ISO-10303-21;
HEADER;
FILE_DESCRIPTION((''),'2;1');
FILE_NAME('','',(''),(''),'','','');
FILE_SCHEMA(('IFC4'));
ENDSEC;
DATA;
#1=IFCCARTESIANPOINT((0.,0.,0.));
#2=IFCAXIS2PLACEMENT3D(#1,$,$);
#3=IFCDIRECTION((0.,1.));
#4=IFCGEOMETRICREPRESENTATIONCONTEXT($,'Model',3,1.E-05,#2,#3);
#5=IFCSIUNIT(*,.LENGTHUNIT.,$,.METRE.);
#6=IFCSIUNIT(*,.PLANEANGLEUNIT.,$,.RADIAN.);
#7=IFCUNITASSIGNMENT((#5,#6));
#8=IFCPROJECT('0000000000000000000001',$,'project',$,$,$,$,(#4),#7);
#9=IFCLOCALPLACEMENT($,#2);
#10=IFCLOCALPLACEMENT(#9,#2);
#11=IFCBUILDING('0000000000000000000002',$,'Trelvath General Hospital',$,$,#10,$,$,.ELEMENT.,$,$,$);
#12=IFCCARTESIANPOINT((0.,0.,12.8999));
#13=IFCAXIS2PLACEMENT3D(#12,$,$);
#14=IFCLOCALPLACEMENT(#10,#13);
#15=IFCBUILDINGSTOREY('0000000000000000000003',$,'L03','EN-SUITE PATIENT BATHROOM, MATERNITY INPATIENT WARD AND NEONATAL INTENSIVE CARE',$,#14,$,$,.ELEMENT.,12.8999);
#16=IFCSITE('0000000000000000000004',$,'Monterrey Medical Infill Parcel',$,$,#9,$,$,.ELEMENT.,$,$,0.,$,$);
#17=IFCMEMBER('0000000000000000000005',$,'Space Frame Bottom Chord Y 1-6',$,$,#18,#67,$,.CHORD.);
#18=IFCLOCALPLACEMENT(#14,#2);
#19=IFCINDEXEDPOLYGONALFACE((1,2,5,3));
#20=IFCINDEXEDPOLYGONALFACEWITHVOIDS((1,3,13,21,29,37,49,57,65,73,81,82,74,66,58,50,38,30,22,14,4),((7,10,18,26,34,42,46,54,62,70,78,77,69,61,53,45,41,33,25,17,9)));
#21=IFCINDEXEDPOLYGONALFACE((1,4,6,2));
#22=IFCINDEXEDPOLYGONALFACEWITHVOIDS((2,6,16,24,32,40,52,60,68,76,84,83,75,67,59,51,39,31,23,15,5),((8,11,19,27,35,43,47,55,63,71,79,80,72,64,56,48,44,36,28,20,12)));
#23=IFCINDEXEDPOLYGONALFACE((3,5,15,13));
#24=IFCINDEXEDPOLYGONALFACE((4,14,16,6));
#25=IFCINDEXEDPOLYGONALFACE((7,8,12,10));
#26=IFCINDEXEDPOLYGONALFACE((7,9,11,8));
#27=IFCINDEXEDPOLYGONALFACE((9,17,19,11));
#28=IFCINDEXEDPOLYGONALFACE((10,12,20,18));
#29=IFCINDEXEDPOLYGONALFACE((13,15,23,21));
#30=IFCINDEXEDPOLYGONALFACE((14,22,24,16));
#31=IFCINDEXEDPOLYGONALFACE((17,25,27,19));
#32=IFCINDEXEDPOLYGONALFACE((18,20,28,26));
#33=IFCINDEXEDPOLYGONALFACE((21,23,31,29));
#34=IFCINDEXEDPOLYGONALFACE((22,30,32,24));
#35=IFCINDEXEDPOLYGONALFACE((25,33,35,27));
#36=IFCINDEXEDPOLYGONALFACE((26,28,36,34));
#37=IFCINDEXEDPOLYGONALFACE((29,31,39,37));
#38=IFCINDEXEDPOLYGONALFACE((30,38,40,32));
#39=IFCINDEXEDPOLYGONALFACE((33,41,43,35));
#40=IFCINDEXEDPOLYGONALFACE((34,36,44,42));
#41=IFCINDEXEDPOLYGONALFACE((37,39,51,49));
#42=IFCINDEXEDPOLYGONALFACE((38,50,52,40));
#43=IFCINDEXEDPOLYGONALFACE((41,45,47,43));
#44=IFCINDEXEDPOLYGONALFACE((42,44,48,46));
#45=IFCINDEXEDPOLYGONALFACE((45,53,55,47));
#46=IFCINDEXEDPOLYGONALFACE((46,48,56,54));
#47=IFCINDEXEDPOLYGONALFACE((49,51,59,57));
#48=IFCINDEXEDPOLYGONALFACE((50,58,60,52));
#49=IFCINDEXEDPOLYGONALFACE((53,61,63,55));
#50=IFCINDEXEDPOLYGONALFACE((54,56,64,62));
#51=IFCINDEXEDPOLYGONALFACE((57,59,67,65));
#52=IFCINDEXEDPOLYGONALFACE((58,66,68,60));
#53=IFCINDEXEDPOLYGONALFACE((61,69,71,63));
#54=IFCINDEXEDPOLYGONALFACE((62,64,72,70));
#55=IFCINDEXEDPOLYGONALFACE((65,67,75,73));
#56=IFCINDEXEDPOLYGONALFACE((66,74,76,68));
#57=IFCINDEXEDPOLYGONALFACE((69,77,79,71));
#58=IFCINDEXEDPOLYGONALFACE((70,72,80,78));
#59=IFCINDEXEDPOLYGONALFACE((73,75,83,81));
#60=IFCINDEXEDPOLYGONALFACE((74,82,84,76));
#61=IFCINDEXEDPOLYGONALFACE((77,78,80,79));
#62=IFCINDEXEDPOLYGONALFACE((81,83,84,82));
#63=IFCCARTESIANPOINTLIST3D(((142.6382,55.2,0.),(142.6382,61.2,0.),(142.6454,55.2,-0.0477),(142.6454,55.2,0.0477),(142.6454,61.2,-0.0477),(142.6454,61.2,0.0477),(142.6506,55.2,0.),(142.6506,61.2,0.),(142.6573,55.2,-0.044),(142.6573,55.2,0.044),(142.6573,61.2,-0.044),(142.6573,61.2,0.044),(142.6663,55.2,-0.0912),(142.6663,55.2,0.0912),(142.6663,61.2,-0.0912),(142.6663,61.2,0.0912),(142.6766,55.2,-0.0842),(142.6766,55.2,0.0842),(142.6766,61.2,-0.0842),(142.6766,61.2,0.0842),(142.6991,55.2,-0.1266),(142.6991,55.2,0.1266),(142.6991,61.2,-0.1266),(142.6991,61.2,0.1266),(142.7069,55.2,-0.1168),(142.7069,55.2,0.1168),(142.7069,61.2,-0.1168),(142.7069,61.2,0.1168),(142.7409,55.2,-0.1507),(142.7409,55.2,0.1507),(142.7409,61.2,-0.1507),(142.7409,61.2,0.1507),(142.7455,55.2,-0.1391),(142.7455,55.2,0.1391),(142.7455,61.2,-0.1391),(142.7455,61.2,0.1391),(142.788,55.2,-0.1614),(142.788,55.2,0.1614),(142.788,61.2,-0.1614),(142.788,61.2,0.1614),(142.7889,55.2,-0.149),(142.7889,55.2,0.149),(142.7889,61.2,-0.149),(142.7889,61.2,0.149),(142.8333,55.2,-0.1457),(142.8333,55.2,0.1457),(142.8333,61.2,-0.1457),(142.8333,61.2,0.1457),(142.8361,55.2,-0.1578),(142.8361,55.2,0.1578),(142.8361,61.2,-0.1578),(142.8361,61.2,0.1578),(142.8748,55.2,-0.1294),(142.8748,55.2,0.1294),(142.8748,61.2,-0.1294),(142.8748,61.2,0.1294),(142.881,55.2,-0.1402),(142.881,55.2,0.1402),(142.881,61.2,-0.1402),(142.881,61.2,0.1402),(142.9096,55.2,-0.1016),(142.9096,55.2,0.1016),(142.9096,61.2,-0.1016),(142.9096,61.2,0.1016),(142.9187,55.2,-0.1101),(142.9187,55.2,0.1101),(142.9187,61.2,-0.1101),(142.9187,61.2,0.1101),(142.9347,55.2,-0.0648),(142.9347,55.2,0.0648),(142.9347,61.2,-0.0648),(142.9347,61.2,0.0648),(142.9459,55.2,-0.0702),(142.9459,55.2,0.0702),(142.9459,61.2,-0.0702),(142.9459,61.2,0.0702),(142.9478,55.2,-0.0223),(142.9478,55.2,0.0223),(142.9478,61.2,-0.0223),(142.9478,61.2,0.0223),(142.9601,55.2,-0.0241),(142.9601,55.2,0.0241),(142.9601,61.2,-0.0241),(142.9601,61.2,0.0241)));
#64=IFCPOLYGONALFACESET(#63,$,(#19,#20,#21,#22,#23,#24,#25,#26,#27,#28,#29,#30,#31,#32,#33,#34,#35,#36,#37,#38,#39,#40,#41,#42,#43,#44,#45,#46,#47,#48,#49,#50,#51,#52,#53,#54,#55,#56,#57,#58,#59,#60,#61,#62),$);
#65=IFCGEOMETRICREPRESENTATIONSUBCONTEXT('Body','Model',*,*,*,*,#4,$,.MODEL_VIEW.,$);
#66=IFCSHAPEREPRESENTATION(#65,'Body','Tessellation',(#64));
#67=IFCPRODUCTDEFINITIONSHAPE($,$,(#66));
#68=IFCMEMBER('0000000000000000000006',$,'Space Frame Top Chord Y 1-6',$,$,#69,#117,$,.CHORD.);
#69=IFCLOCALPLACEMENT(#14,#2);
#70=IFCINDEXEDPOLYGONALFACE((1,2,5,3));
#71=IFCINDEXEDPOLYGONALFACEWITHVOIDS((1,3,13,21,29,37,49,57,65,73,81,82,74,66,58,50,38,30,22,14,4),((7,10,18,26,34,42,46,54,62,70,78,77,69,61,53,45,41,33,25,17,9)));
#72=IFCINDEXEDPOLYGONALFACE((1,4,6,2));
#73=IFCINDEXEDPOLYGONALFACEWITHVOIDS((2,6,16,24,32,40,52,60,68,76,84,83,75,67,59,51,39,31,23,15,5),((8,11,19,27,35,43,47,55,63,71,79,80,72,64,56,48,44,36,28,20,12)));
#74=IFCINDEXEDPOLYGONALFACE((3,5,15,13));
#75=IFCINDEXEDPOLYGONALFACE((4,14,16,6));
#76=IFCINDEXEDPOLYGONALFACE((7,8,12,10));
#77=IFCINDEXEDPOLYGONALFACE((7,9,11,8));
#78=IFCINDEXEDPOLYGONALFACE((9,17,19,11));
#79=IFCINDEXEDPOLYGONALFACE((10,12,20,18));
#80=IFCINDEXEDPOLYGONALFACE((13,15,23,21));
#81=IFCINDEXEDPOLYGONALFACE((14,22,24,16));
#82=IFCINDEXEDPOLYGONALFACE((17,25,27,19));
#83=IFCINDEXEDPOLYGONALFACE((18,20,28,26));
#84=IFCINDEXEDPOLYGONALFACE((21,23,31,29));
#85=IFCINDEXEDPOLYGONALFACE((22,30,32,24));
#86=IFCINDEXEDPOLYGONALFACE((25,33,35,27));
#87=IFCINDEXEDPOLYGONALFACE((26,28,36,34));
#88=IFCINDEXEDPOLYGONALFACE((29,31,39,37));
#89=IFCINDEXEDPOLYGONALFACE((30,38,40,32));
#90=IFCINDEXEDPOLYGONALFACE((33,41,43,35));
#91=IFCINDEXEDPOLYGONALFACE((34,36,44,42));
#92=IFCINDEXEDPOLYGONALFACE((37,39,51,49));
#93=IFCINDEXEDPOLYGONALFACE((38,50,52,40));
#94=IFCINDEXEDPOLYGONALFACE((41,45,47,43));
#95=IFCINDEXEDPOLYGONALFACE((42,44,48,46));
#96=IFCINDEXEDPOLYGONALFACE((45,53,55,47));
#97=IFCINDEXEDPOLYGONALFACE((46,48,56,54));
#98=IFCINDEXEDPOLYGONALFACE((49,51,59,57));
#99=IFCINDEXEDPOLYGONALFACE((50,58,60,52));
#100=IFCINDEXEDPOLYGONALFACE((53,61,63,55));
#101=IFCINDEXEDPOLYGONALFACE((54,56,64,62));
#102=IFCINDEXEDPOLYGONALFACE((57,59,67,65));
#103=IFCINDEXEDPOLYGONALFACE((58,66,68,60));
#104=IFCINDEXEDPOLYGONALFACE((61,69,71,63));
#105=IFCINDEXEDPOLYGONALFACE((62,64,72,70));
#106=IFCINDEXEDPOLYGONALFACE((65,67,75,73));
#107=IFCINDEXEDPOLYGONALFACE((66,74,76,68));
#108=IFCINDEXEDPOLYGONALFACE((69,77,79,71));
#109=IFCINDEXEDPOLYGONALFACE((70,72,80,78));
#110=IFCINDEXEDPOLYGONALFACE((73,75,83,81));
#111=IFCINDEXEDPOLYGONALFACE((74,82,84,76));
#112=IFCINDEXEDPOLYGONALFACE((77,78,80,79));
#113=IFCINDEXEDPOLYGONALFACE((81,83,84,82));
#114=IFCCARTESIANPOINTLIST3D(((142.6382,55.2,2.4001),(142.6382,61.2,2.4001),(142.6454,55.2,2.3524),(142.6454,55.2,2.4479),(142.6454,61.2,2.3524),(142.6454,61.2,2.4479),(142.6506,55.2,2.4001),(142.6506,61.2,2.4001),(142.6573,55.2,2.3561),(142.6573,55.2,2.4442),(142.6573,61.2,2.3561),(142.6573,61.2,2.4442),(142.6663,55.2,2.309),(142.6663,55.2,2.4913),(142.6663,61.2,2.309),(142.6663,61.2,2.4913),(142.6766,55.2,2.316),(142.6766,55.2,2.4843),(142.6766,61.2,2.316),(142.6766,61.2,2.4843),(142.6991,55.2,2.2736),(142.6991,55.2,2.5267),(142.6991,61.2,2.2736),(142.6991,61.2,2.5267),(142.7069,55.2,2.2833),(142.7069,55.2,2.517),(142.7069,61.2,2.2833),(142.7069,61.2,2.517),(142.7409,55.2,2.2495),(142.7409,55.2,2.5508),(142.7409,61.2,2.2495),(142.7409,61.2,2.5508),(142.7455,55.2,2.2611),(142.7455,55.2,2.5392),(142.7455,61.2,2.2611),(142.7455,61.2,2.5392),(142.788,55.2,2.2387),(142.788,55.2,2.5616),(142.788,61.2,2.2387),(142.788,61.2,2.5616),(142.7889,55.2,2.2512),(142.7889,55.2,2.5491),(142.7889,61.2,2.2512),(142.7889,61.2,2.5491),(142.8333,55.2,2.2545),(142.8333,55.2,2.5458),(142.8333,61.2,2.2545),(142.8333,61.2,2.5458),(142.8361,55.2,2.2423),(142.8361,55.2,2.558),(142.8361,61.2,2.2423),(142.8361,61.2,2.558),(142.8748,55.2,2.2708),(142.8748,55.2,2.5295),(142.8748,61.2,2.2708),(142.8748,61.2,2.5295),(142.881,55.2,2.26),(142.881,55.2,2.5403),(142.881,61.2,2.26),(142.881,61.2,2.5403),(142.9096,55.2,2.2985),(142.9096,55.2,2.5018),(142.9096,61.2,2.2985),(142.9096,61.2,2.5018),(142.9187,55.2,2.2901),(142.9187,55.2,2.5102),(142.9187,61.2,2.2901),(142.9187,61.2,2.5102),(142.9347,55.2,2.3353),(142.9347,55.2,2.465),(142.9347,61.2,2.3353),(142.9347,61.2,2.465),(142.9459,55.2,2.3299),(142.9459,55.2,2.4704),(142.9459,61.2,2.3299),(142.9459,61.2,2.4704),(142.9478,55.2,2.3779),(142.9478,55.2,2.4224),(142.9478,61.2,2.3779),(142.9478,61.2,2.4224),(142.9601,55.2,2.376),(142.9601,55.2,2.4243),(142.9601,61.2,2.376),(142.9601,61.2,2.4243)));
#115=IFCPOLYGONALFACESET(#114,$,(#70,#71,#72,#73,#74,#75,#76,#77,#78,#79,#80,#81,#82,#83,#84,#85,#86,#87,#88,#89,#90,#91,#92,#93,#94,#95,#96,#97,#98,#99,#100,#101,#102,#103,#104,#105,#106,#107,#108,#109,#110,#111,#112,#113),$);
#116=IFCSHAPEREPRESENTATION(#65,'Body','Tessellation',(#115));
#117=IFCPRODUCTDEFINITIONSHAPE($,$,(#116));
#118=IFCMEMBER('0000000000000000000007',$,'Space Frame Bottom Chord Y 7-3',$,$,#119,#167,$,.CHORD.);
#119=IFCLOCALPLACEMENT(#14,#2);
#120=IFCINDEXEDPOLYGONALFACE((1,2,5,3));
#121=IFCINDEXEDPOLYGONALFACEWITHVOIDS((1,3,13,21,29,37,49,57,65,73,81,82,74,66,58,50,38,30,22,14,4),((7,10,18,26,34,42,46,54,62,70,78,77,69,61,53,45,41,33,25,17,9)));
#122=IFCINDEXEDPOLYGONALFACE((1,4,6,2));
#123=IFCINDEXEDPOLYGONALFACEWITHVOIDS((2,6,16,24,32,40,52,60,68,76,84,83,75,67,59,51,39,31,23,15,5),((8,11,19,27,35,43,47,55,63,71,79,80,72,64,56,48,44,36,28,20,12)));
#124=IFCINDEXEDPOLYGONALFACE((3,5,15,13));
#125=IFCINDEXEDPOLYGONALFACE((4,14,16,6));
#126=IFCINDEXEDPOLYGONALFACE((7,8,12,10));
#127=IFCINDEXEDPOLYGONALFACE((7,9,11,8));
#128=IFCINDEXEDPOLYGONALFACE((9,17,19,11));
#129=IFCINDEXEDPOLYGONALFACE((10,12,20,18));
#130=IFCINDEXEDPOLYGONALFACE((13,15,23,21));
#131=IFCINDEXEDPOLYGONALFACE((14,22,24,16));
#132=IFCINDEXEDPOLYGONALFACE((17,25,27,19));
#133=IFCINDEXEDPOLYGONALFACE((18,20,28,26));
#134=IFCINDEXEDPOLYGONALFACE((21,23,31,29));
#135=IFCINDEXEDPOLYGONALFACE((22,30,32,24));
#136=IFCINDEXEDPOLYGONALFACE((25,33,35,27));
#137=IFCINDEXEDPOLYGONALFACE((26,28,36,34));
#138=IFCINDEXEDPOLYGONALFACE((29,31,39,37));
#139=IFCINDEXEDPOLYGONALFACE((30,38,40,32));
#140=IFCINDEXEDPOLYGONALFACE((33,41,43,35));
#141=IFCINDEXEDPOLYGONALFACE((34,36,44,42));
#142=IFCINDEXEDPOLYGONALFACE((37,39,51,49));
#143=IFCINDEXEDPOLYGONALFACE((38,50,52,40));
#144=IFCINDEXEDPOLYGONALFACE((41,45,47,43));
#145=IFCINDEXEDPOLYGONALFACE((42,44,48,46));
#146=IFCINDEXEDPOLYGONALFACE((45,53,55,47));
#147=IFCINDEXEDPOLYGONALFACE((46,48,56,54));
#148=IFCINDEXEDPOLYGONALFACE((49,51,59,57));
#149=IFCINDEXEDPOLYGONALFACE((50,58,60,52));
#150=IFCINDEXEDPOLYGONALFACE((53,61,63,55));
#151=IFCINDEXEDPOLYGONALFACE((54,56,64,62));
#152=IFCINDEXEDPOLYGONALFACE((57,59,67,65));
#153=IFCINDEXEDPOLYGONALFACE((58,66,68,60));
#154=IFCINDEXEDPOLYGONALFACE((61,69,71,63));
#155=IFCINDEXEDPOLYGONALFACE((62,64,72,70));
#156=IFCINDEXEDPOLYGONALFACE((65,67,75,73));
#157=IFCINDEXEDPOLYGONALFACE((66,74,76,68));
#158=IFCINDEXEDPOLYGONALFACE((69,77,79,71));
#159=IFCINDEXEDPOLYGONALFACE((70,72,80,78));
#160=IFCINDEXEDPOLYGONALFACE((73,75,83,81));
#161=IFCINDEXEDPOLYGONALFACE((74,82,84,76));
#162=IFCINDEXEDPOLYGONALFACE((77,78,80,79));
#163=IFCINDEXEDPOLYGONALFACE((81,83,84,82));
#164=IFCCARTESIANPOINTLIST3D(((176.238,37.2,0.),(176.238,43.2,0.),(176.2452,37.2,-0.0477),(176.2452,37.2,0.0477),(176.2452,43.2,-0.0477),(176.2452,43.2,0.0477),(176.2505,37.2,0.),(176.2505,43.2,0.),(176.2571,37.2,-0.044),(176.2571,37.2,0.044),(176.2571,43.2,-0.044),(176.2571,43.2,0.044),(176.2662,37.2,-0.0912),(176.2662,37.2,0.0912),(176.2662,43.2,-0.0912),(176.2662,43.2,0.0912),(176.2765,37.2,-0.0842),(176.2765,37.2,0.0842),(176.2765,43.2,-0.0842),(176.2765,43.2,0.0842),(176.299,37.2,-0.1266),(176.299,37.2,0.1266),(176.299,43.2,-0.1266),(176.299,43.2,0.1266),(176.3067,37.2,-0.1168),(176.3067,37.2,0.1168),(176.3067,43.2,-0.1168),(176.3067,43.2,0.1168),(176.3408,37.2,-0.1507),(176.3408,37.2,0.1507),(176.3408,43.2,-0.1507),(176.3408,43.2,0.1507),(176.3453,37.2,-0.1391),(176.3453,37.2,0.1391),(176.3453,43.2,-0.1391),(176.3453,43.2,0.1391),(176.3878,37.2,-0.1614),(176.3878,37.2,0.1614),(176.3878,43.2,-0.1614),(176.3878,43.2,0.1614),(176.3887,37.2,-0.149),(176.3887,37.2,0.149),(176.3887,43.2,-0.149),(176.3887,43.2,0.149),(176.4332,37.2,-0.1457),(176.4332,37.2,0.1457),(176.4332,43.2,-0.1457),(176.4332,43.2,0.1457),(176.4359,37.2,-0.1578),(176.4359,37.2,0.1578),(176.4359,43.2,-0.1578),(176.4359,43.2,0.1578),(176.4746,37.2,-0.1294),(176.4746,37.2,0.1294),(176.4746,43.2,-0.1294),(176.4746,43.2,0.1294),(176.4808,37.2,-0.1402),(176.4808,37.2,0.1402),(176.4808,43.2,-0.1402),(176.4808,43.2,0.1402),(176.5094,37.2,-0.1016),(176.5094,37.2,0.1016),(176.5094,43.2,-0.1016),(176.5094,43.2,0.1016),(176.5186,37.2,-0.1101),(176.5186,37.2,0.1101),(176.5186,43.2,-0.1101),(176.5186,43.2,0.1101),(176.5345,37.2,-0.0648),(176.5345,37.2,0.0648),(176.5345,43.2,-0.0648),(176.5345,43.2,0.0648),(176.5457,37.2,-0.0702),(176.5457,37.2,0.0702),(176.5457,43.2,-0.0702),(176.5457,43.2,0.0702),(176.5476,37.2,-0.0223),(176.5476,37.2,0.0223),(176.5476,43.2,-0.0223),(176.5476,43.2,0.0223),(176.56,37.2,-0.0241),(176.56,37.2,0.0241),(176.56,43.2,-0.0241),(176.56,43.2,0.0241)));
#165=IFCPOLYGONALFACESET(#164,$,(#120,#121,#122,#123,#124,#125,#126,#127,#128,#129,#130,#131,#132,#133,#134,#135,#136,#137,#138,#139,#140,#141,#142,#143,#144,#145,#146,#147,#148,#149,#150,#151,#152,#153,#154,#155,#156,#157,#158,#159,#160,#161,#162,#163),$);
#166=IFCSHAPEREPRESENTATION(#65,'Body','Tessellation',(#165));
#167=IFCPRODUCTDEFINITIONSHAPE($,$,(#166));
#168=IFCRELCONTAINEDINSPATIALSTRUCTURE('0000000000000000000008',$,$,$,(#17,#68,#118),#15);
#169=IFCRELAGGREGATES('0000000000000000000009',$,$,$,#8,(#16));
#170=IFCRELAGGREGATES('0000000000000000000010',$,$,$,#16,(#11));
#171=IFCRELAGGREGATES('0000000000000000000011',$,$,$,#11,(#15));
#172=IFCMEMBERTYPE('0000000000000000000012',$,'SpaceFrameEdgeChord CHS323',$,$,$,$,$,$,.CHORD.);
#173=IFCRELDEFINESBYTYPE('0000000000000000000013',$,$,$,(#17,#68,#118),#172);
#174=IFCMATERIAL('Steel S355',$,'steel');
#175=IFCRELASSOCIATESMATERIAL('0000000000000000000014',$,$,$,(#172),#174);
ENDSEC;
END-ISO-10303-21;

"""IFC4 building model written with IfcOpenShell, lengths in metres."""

from ifc_helpers import new_model, si_unit, direction, frame, origin, origin_2d, place, context, subcontext, project, spatial, hollow_circle, extrude, material, material_profile, profile_set, type_object, element, save


model = new_model("IFC4")

# Units and contexts
model_context = context("Model", 3, precision=1e-05, world=origin(), true_north=direction((0.0, 1.0)))
body_context = subcontext(model_context, "Body", "Model", "MODEL_VIEW")
ifc_project = project(units=[si_unit("LENGTHUNIT", "METRE"), si_unit("PLANEANGLEUNIT", "RADIAN")], contexts=[model_context])

# Site, building, storey
site_placement = place(None, origin())
site = spatial("IfcSite", under=ifc_project, at=site_placement, Name="Monterrey Medical Infill Parcel", CompositionType="ELEMENT", RefElevation=0.0)
building_placement = place(site_placement, origin())
building = spatial("IfcBuilding", under=site, at=building_placement, Name="Trelvath General Hospital", CompositionType="ELEMENT")
storey_placement = place(building_placement, frame((0.0, 0.0, 12.8999)))
storey = spatial("IfcBuildingStorey", under=building, at=storey_placement, Name="L03", Description="EN-SUITE PATIENT BATHROOM, MATERNITY INPATIENT WARD AND NEONATAL INTENSIVE CARE", CompositionType="ELEMENT", Elevation=12.8999)

# Members
ifc_material_1 = material(Name="Steel S355", Category="steel")
ifc_material_profile_1 = material_profile(ifc_material_1, hollow_circle(Radius=0.1619, WallThickness=0.0125, at=origin_2d()), Name="CHS323.9x12.5")
ifc_profile_set_1 = profile_set([ifc_material_profile_1], Name="Steel S355")
member_type_1 = type_object("IfcMemberType", Name="SpaceFrameEdgeChord CHS323", PredefinedType="CHORD", material=ifc_profile_set_1)
for number, where, z_axis, x_axis, name in (
    (1, (142.8, 55.2, 0.0), (0.0, 1.0, 0.0), (-1.0, 0.0, 0.0), "Space Frame Bottom Chord Y 1-6"),
    (2, (142.8, 55.2, 2.4001), (0.0, 1.0, 0.0), (-1.0, 0.0, 0.0), "Space Frame Top Chord Y 1-6"),
    (3, (176.3999, 37.2, 0.0), (0.0, 1.0, 0.0), (-1.0, 0.0, 0.0), "Space Frame Bottom Chord Y 7-3"),
):
    element("IfcMember", number, at=place(storey_placement, frame(where, z_axis=z_axis, x_axis=x_axis)), inside=storey, type_object=member_type_1, Name=name, PredefinedType="CHORD", context=body_context, shape_type="SweptSolid", body=[
        extrude(hollow_circle(Radius=0.1619, WallThickness=0.0125, at=origin_2d()), origin(), (0.0, 0.0, 1.0), 6.0),
    ])

save(model, "model.ifc")
